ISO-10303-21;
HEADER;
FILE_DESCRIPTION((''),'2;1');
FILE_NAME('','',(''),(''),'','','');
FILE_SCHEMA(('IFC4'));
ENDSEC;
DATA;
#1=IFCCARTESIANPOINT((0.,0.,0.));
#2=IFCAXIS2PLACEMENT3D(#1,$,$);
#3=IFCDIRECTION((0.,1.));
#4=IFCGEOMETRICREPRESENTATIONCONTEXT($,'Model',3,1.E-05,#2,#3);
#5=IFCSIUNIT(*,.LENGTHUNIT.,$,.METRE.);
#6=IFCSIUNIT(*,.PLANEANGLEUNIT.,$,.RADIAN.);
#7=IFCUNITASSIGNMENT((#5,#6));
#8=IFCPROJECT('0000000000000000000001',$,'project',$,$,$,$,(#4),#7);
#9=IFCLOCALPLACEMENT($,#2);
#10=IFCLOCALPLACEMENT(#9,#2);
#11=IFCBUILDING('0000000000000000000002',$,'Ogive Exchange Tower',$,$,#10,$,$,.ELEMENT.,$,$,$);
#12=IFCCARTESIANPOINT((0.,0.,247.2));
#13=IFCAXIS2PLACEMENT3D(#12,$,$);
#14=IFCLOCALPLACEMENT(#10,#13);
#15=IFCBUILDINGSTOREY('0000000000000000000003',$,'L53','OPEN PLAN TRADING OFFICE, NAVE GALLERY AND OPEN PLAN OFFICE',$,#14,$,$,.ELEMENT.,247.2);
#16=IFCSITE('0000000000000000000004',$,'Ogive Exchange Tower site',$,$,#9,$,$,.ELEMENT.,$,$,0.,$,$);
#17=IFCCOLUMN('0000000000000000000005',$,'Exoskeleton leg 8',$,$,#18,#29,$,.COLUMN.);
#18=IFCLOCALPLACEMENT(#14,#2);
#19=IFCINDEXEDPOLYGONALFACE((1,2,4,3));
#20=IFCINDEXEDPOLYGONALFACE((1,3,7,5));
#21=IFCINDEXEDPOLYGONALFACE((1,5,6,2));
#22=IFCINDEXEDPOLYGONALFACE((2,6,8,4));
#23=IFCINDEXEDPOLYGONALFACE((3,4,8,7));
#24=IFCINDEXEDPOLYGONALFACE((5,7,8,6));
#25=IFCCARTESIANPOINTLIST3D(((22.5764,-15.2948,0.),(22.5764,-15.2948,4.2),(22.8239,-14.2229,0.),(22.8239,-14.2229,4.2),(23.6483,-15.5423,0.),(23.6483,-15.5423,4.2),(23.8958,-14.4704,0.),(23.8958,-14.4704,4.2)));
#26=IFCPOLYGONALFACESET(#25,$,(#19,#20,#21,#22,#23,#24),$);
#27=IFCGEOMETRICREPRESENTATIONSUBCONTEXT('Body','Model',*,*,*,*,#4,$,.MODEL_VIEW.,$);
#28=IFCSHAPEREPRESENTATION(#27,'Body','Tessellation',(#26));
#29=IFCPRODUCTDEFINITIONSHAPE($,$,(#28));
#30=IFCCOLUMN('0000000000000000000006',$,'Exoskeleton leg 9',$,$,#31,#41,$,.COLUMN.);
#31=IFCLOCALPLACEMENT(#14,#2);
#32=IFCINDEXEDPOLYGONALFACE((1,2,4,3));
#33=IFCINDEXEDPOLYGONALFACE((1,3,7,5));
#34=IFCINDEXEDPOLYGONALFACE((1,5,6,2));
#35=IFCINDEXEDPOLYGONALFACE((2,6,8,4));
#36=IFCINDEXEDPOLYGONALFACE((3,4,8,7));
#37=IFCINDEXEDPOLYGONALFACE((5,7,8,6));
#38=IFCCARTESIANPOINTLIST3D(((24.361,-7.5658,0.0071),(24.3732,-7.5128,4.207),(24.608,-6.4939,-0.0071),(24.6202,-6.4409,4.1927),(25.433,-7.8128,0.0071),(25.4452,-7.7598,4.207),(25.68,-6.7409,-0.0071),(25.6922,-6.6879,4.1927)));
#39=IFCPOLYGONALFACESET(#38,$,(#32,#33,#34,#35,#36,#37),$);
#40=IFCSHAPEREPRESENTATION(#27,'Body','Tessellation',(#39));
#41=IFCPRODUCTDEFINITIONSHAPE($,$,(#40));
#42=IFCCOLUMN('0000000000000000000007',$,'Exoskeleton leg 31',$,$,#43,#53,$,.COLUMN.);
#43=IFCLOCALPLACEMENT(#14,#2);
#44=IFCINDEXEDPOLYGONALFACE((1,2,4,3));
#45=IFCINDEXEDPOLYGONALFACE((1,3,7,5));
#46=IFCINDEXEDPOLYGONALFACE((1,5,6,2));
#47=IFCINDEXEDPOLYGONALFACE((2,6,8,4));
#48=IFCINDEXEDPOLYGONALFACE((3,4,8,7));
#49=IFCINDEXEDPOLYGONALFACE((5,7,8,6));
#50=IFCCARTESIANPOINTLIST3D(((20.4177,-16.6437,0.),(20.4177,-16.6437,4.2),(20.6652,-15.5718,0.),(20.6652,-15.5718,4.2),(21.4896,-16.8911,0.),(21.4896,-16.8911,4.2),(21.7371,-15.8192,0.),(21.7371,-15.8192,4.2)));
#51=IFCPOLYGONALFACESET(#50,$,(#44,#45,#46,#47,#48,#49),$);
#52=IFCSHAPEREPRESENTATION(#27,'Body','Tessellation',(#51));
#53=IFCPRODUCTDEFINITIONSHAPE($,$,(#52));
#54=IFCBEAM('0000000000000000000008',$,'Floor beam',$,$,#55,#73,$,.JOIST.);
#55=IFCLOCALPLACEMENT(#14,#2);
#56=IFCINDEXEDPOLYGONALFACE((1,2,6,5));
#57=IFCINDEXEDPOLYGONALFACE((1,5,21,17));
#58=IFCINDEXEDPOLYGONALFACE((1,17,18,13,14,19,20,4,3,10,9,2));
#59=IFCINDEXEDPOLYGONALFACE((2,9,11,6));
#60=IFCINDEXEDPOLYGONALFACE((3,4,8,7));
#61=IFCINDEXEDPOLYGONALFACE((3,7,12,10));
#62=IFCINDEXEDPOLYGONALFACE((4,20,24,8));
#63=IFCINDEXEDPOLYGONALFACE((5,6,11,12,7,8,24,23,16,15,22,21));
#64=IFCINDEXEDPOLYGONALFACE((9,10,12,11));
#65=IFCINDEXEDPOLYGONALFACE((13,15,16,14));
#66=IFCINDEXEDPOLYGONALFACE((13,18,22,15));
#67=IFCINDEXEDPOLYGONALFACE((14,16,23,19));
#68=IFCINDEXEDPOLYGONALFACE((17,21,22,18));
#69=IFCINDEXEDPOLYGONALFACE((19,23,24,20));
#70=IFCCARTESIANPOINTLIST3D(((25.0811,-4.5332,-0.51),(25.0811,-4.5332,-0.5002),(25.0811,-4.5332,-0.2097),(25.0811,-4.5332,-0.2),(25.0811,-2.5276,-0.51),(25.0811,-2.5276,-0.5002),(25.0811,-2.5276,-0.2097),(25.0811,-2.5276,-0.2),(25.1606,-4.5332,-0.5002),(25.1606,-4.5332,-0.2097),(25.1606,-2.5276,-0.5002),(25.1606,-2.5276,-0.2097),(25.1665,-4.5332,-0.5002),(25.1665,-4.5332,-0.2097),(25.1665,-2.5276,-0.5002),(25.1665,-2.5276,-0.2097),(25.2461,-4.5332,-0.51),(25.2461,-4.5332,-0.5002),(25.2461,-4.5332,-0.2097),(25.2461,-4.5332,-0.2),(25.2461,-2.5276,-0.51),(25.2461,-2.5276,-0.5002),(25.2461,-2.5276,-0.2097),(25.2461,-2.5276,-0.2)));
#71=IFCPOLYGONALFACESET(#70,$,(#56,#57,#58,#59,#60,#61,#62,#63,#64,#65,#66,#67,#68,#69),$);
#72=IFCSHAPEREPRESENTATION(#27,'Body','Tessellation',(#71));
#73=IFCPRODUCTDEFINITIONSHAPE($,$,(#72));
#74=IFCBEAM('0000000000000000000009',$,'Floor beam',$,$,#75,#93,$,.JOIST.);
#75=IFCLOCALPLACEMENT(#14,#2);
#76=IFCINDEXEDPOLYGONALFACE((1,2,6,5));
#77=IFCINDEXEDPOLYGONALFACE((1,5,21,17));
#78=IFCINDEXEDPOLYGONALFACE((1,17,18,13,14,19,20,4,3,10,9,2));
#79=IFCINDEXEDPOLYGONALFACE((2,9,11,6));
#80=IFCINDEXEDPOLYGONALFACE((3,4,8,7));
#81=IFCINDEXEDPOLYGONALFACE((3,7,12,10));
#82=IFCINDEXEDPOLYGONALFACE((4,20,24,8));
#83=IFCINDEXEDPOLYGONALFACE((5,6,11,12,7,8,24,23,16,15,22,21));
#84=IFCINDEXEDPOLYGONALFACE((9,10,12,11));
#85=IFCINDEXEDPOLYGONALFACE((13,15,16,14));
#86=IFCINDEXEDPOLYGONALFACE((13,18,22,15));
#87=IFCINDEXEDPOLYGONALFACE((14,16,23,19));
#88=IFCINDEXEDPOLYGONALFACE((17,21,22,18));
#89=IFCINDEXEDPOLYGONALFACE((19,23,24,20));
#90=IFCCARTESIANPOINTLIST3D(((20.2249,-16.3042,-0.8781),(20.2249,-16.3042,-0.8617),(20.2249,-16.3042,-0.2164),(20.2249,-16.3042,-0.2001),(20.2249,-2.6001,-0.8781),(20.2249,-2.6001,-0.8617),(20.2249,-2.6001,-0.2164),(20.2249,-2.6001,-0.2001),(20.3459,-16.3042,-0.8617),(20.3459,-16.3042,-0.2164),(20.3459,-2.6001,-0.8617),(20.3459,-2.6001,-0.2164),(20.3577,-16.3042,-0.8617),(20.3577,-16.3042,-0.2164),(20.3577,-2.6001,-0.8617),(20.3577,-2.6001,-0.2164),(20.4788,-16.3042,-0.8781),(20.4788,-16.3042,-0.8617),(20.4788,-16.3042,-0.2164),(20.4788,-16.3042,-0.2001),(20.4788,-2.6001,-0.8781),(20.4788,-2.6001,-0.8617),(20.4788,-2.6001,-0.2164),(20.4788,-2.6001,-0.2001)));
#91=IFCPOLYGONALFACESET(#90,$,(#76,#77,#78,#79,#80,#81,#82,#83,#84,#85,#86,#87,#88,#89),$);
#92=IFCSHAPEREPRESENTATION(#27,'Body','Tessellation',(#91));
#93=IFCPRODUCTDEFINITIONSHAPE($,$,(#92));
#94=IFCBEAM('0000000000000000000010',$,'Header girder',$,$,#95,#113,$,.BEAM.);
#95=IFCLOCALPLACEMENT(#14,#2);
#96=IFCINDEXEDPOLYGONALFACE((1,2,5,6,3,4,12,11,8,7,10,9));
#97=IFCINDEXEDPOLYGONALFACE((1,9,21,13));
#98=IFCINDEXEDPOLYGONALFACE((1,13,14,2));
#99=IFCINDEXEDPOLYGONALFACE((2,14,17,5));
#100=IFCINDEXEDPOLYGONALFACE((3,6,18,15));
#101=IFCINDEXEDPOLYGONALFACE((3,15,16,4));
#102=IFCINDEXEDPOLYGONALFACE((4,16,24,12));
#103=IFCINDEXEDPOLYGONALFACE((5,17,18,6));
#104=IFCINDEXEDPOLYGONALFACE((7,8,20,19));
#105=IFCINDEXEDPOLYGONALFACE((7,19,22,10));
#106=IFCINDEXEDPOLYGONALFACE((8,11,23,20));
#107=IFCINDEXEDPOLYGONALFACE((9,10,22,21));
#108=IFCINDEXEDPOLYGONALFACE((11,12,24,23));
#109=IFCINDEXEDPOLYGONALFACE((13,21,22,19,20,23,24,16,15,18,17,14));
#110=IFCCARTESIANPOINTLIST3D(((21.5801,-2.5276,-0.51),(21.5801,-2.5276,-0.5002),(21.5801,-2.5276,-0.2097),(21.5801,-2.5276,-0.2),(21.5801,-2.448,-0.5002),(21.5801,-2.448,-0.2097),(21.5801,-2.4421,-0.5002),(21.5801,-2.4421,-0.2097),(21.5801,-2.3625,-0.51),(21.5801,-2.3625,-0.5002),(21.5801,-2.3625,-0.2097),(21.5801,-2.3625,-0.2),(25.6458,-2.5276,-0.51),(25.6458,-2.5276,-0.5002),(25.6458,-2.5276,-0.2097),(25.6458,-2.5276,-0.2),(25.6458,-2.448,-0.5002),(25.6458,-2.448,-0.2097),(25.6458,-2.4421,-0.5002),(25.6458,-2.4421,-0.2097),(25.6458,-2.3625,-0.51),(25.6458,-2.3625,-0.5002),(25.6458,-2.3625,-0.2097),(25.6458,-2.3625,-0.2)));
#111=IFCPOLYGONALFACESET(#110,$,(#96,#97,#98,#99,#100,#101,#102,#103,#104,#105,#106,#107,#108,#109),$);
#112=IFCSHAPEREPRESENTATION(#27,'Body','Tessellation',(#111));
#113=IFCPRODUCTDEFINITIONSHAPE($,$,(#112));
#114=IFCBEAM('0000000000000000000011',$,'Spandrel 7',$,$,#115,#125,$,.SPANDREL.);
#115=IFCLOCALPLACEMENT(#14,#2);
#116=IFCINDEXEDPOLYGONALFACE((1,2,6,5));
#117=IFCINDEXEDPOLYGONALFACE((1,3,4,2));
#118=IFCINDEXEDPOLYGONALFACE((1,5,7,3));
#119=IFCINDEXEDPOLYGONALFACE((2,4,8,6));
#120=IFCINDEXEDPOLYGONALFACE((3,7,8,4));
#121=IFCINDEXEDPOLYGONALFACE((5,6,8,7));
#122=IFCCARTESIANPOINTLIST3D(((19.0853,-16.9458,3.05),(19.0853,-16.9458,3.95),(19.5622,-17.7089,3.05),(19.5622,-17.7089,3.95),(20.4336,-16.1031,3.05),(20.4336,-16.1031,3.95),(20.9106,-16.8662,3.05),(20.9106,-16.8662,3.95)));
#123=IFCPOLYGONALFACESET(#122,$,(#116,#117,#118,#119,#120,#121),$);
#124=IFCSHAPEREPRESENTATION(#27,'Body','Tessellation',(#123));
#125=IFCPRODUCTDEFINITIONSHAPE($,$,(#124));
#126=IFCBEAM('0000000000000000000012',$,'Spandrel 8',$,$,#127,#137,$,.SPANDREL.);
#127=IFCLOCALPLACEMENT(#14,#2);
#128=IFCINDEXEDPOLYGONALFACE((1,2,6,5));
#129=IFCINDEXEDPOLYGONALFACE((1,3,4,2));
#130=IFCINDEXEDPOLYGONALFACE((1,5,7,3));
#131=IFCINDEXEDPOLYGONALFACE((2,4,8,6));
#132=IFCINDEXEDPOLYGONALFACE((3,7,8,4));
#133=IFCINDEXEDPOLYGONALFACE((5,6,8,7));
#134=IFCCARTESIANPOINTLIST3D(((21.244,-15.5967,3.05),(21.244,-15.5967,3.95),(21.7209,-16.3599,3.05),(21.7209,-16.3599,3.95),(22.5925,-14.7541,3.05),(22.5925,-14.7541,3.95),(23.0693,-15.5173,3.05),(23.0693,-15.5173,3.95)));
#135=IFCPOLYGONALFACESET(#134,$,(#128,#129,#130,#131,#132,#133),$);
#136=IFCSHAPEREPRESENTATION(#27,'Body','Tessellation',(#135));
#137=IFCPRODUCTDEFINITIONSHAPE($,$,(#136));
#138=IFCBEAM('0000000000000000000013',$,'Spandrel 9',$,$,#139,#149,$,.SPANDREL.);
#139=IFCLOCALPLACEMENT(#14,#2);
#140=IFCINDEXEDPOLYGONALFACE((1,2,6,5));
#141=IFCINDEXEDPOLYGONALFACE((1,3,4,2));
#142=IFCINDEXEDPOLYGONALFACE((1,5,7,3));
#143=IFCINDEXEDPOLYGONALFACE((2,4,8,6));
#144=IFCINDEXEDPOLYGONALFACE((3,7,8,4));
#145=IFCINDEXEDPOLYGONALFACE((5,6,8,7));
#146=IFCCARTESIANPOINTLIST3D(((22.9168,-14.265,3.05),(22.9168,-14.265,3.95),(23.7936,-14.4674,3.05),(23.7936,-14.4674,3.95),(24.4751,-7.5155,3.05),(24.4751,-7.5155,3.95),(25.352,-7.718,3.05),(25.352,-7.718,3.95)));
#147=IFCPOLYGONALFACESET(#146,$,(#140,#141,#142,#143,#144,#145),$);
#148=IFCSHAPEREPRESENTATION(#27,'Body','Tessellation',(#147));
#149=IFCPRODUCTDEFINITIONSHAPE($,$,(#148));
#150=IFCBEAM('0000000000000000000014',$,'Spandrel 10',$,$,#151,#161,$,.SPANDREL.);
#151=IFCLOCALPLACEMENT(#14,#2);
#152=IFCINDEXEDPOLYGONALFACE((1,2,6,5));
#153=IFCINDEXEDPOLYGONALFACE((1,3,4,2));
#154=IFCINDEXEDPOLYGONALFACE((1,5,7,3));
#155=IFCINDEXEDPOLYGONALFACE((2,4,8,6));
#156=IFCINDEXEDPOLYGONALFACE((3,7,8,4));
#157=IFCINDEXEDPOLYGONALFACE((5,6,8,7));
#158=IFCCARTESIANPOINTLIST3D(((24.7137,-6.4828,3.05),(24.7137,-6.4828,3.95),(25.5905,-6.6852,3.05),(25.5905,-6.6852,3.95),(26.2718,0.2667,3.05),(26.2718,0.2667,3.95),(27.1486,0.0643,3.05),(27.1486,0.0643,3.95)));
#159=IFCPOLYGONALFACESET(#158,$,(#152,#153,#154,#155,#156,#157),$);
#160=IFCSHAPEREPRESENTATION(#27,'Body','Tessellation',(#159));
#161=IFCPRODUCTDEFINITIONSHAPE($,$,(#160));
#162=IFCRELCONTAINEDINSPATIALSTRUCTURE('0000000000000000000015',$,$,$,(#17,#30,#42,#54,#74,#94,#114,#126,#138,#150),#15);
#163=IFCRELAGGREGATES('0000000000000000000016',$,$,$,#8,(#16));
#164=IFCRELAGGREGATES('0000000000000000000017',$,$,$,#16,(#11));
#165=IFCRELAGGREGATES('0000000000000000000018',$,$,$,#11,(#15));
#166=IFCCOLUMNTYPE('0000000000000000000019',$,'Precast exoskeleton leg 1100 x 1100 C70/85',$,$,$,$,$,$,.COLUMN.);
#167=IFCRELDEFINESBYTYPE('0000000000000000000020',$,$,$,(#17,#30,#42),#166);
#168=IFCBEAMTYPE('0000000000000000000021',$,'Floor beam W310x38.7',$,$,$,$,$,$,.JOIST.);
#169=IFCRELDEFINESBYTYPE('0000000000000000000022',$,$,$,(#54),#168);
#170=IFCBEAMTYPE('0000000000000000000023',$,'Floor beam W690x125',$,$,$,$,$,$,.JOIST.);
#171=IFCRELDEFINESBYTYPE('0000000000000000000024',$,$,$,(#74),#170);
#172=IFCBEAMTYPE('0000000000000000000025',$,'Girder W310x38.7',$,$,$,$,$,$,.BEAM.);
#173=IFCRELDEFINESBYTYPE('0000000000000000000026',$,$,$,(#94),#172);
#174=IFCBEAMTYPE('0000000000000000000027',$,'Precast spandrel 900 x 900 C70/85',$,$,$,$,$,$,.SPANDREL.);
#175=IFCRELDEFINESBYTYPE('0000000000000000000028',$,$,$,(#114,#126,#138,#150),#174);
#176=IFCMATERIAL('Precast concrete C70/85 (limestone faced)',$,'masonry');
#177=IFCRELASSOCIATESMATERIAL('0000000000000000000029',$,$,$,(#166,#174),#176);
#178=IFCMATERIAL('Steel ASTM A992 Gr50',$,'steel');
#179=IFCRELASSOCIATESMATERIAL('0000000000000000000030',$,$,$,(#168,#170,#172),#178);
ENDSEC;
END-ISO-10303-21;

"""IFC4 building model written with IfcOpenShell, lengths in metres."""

from ifc_helpers import new_model, si_unit, direction, frame, origin, origin_2d, place, context, subcontext, project, spatial, rectangle, i_section, extrude, material, material_profile, profile_set, type_object, element, save


model = new_model("IFC4")

# Units and contexts
model_context = context("Model", 3, precision=1e-05, world=origin(), true_north=direction((0.0, 1.0)))
body_context = subcontext(model_context, "Body", "Model", "MODEL_VIEW")
ifc_project = project(units=[si_unit("LENGTHUNIT", "METRE"), si_unit("PLANEANGLEUNIT", "RADIAN")], contexts=[model_context])

# Site, building, storey
site_placement = place(None, origin())
site = spatial("IfcSite", under=ifc_project, at=site_placement, Name="Ogive Exchange Tower site", CompositionType="ELEMENT", RefElevation=0.0)
building_placement = place(site_placement, origin())
building = spatial("IfcBuilding", under=site, at=building_placement, Name="Ogive Exchange Tower", CompositionType="ELEMENT")
storey_placement = place(building_placement, frame((0.0, 0.0, 247.2)))
storey = spatial("IfcBuildingStorey", under=building, at=storey_placement, Name="L53", Description="OPEN PLAN TRADING OFFICE, NAVE GALLERY AND OPEN PLAN OFFICE", CompositionType="ELEMENT", Elevation=247.2)

# Columns
ifc_material_1 = material(Name="Precast concrete C70/85 (limestone faced)", Category="masonry")
ifc_material_profile_1 = material_profile(ifc_material_1, rectangle(XDim=1.1001, YDim=1.1001, at=origin_2d()), Name="1100 x 1100")
ifc_profile_set_1 = profile_set([ifc_material_profile_1], Name="Precast concrete C70/85 (limestone faced)")
column_type = type_object("IfcColumnType", Name="Precast exoskeleton leg 1100 x 1100 C70/85", PredefinedType="COLUMN", material=ifc_profile_set_1)
column_1_placement = place(storey_placement, frame((23.2361, -14.8826, 0.0), z_axis=(0.0, 0.0, 1.0), x_axis=(0.97437, -0.224951, 0.0)))
element("IfcColumn", 1, at=column_1_placement, inside=storey, type_object=column_type, Name="Exoskeleton leg 8", PredefinedType="COLUMN", context=body_context, shape_type="SweptSolid", body=[
    extrude(rectangle(XDim=1.1001, YDim=1.1001, at=origin_2d()), origin(), (0.0, 0.0, 1.0), 4.2),
])
column_2_placement = place(storey_placement, frame((25.0205, -7.1533, 0.0), z_axis=(0.002906, 0.012613, 0.999916), x_axis=(-0.974467, 0.224532, 0.0)))
element("IfcColumn", 2, at=column_2_placement, inside=storey, type_object=column_type, Name="Exoskeleton leg 9", PredefinedType="COLUMN", context=body_context, shape_type="SweptSolid", body=[
    extrude(rectangle(XDim=1.1001, YDim=1.1001, at=origin_2d()), origin(), (0.0, 0.0, 1.0), 4.2002),
])
column_3_placement = place(storey_placement, frame((21.0774, -16.2314, 0.0), z_axis=(0.0, 0.0, 1.0), x_axis=(0.97437, -0.224951, 0.0)))
element("IfcColumn", 3, at=column_3_placement, inside=storey, type_object=column_type, Name="Exoskeleton leg 31", PredefinedType="COLUMN", context=body_context, shape_type="SweptSolid", body=[
    extrude(rectangle(XDim=1.1001, YDim=1.1001, at=origin_2d()), origin(), (0.0, 0.0, 1.0), 4.2),
])

# Beams
ifc_material_2 = material(Name="Steel ASTM A992 Gr50", Category="steel")
ifc_material_profile_2 = material_profile(ifc_material_2, i_section(OverallWidth=0.165, OverallDepth=0.3101, WebThickness=0.0059, FlangeThickness=0.0098, at=origin_2d()), Name="W310x38.7")
ifc_profile_set_2 = profile_set([ifc_material_profile_2], Name="Steel ASTM A992 Gr50")
beam_type_1 = type_object("IfcBeamType", Name="Floor beam W310x38.7", PredefinedType="JOIST", material=ifc_profile_set_2)
beam_1_placement = place(storey_placement, frame((25.1636, -4.5332, -0.355), z_axis=(0.0, 1.0, 0.0), x_axis=(-1.0, 0.0, 0.0)))
element("IfcBeam", 4, at=beam_1_placement, inside=storey, type_object=beam_type_1, Name="Floor beam", PredefinedType="JOIST", context=body_context, shape_type="SweptSolid", body=[
    extrude(i_section(OverallWidth=0.165, OverallDepth=0.3101, WebThickness=0.0059, FlangeThickness=0.0098, at=origin_2d()), origin(), (0.0, 0.0, 1.0), 2.0056),
])
ifc_material_profile_3 = material_profile(ifc_material_2, i_section(OverallWidth=0.2539, OverallDepth=0.678, WebThickness=0.0117, FlangeThickness=0.0164, at=origin_2d()), Name="W690x125")
ifc_profile_set_3 = profile_set([ifc_material_profile_3], Name="Steel ASTM A992 Gr50")
beam_type_2 = type_object("IfcBeamType", Name="Floor beam W690x125", PredefinedType="JOIST", material=ifc_profile_set_3)
beam_2_placement = place(storey_placement, frame((20.3518, -16.3042, -0.5391), z_axis=(0.0, 1.0, 0.0), x_axis=(-1.0, 0.0, 0.0)))
element("IfcBeam", 5, at=beam_2_placement, inside=storey, type_object=beam_type_2, Name="Floor beam", PredefinedType="JOIST", context=body_context, shape_type="SweptSolid", body=[
    extrude(i_section(OverallWidth=0.2539, OverallDepth=0.678, WebThickness=0.0117, FlangeThickness=0.0164, at=origin_2d()), origin(), (0.0, 0.0, 1.0), 13.7041),
])
ifc_material_profile_4 = material_profile(ifc_material_2, i_section(OverallWidth=0.165, OverallDepth=0.3101, WebThickness=0.0059, FlangeThickness=0.0098, at=origin_2d()), Name="W310x38.7")
ifc_profile_set_4 = profile_set([ifc_material_profile_4], Name="Steel ASTM A992 Gr50")
beam_type_3 = type_object("IfcBeamType", Name="Girder W310x38.7", PredefinedType="BEAM", material=ifc_profile_set_4)
beam_3_placement = place(storey_placement, frame((21.5801, -2.4451, -0.355), z_axis=(1.0, 0.0, 0.0), x_axis=(0.0, 1.0, 0.0)))
element("IfcBeam", 6, at=beam_3_placement, inside=storey, type_object=beam_type_3, Name="Header girder", PredefinedType="BEAM", context=body_context, shape_type="SweptSolid", body=[
    extrude(i_section(OverallWidth=0.165, OverallDepth=0.3101, WebThickness=0.0059, FlangeThickness=0.0098, at=origin_2d()), origin(), (0.0, 0.0, 1.0), 4.0657),
])
ifc_material_profile_5 = material_profile(ifc_material_1, rectangle(XDim=0.8999, YDim=0.8999, at=origin_2d()), Name="900 x 900")
ifc_profile_set_5 = profile_set([ifc_material_profile_5], Name="Precast concrete C70/85 (limestone faced)")
beam_type_4 = type_object("IfcBeamType", Name="Precast spandrel 900 x 900 C70/85", PredefinedType="SPANDREL", material=ifc_profile_set_5)
for number, where, z_axis, x_axis, name in (
    (7, (19.3237, -17.3274, 3.5), (0.84799, 0.530013, 0.0), (-0.530013, 0.84799, 0.0), "Spandrel 7"),
    (8, (21.4824, -15.9783, 3.5), (0.848059, 0.529902, 0.0), (-0.529902, 0.848059, 0.0), "Spandrel 8"),
):
    element("IfcBeam", number, at=place(storey_placement, frame(where, z_axis=z_axis, x_axis=x_axis)), inside=storey, type_object=beam_type_4, Name=name, PredefinedType="SPANDREL", context=body_context, shape_type="SweptSolid", body=[
        extrude(rectangle(XDim=0.8999, YDim=0.8999, at=origin_2d()), origin(), (0.0, 0.0, 1.0), 1.5901),
    ])
for number, where, z_axis, x_axis, name in (
    (9, (23.3552, -14.3662, 3.5), (0.224965, 0.974367, 0.0), (-0.974367, 0.224965, 0.0), "Spandrel 9"),
    (10, (25.1521, -6.584, 3.5), (0.224932, 0.974375, 0.0), (-0.974375, 0.224932, 0.0), "Spandrel 10"),
):
    element("IfcBeam", number, at=place(storey_placement, frame(where, z_axis=z_axis, x_axis=x_axis)), inside=storey, type_object=beam_type_4, Name=name, PredefinedType="SPANDREL", context=body_context, shape_type="SweptSolid", body=[
        extrude(rectangle(XDim=0.8999, YDim=0.8999, at=origin_2d()), origin(), (0.0, 0.0, 1.0), 6.927),
    ])

save(model, "model.ifc")
